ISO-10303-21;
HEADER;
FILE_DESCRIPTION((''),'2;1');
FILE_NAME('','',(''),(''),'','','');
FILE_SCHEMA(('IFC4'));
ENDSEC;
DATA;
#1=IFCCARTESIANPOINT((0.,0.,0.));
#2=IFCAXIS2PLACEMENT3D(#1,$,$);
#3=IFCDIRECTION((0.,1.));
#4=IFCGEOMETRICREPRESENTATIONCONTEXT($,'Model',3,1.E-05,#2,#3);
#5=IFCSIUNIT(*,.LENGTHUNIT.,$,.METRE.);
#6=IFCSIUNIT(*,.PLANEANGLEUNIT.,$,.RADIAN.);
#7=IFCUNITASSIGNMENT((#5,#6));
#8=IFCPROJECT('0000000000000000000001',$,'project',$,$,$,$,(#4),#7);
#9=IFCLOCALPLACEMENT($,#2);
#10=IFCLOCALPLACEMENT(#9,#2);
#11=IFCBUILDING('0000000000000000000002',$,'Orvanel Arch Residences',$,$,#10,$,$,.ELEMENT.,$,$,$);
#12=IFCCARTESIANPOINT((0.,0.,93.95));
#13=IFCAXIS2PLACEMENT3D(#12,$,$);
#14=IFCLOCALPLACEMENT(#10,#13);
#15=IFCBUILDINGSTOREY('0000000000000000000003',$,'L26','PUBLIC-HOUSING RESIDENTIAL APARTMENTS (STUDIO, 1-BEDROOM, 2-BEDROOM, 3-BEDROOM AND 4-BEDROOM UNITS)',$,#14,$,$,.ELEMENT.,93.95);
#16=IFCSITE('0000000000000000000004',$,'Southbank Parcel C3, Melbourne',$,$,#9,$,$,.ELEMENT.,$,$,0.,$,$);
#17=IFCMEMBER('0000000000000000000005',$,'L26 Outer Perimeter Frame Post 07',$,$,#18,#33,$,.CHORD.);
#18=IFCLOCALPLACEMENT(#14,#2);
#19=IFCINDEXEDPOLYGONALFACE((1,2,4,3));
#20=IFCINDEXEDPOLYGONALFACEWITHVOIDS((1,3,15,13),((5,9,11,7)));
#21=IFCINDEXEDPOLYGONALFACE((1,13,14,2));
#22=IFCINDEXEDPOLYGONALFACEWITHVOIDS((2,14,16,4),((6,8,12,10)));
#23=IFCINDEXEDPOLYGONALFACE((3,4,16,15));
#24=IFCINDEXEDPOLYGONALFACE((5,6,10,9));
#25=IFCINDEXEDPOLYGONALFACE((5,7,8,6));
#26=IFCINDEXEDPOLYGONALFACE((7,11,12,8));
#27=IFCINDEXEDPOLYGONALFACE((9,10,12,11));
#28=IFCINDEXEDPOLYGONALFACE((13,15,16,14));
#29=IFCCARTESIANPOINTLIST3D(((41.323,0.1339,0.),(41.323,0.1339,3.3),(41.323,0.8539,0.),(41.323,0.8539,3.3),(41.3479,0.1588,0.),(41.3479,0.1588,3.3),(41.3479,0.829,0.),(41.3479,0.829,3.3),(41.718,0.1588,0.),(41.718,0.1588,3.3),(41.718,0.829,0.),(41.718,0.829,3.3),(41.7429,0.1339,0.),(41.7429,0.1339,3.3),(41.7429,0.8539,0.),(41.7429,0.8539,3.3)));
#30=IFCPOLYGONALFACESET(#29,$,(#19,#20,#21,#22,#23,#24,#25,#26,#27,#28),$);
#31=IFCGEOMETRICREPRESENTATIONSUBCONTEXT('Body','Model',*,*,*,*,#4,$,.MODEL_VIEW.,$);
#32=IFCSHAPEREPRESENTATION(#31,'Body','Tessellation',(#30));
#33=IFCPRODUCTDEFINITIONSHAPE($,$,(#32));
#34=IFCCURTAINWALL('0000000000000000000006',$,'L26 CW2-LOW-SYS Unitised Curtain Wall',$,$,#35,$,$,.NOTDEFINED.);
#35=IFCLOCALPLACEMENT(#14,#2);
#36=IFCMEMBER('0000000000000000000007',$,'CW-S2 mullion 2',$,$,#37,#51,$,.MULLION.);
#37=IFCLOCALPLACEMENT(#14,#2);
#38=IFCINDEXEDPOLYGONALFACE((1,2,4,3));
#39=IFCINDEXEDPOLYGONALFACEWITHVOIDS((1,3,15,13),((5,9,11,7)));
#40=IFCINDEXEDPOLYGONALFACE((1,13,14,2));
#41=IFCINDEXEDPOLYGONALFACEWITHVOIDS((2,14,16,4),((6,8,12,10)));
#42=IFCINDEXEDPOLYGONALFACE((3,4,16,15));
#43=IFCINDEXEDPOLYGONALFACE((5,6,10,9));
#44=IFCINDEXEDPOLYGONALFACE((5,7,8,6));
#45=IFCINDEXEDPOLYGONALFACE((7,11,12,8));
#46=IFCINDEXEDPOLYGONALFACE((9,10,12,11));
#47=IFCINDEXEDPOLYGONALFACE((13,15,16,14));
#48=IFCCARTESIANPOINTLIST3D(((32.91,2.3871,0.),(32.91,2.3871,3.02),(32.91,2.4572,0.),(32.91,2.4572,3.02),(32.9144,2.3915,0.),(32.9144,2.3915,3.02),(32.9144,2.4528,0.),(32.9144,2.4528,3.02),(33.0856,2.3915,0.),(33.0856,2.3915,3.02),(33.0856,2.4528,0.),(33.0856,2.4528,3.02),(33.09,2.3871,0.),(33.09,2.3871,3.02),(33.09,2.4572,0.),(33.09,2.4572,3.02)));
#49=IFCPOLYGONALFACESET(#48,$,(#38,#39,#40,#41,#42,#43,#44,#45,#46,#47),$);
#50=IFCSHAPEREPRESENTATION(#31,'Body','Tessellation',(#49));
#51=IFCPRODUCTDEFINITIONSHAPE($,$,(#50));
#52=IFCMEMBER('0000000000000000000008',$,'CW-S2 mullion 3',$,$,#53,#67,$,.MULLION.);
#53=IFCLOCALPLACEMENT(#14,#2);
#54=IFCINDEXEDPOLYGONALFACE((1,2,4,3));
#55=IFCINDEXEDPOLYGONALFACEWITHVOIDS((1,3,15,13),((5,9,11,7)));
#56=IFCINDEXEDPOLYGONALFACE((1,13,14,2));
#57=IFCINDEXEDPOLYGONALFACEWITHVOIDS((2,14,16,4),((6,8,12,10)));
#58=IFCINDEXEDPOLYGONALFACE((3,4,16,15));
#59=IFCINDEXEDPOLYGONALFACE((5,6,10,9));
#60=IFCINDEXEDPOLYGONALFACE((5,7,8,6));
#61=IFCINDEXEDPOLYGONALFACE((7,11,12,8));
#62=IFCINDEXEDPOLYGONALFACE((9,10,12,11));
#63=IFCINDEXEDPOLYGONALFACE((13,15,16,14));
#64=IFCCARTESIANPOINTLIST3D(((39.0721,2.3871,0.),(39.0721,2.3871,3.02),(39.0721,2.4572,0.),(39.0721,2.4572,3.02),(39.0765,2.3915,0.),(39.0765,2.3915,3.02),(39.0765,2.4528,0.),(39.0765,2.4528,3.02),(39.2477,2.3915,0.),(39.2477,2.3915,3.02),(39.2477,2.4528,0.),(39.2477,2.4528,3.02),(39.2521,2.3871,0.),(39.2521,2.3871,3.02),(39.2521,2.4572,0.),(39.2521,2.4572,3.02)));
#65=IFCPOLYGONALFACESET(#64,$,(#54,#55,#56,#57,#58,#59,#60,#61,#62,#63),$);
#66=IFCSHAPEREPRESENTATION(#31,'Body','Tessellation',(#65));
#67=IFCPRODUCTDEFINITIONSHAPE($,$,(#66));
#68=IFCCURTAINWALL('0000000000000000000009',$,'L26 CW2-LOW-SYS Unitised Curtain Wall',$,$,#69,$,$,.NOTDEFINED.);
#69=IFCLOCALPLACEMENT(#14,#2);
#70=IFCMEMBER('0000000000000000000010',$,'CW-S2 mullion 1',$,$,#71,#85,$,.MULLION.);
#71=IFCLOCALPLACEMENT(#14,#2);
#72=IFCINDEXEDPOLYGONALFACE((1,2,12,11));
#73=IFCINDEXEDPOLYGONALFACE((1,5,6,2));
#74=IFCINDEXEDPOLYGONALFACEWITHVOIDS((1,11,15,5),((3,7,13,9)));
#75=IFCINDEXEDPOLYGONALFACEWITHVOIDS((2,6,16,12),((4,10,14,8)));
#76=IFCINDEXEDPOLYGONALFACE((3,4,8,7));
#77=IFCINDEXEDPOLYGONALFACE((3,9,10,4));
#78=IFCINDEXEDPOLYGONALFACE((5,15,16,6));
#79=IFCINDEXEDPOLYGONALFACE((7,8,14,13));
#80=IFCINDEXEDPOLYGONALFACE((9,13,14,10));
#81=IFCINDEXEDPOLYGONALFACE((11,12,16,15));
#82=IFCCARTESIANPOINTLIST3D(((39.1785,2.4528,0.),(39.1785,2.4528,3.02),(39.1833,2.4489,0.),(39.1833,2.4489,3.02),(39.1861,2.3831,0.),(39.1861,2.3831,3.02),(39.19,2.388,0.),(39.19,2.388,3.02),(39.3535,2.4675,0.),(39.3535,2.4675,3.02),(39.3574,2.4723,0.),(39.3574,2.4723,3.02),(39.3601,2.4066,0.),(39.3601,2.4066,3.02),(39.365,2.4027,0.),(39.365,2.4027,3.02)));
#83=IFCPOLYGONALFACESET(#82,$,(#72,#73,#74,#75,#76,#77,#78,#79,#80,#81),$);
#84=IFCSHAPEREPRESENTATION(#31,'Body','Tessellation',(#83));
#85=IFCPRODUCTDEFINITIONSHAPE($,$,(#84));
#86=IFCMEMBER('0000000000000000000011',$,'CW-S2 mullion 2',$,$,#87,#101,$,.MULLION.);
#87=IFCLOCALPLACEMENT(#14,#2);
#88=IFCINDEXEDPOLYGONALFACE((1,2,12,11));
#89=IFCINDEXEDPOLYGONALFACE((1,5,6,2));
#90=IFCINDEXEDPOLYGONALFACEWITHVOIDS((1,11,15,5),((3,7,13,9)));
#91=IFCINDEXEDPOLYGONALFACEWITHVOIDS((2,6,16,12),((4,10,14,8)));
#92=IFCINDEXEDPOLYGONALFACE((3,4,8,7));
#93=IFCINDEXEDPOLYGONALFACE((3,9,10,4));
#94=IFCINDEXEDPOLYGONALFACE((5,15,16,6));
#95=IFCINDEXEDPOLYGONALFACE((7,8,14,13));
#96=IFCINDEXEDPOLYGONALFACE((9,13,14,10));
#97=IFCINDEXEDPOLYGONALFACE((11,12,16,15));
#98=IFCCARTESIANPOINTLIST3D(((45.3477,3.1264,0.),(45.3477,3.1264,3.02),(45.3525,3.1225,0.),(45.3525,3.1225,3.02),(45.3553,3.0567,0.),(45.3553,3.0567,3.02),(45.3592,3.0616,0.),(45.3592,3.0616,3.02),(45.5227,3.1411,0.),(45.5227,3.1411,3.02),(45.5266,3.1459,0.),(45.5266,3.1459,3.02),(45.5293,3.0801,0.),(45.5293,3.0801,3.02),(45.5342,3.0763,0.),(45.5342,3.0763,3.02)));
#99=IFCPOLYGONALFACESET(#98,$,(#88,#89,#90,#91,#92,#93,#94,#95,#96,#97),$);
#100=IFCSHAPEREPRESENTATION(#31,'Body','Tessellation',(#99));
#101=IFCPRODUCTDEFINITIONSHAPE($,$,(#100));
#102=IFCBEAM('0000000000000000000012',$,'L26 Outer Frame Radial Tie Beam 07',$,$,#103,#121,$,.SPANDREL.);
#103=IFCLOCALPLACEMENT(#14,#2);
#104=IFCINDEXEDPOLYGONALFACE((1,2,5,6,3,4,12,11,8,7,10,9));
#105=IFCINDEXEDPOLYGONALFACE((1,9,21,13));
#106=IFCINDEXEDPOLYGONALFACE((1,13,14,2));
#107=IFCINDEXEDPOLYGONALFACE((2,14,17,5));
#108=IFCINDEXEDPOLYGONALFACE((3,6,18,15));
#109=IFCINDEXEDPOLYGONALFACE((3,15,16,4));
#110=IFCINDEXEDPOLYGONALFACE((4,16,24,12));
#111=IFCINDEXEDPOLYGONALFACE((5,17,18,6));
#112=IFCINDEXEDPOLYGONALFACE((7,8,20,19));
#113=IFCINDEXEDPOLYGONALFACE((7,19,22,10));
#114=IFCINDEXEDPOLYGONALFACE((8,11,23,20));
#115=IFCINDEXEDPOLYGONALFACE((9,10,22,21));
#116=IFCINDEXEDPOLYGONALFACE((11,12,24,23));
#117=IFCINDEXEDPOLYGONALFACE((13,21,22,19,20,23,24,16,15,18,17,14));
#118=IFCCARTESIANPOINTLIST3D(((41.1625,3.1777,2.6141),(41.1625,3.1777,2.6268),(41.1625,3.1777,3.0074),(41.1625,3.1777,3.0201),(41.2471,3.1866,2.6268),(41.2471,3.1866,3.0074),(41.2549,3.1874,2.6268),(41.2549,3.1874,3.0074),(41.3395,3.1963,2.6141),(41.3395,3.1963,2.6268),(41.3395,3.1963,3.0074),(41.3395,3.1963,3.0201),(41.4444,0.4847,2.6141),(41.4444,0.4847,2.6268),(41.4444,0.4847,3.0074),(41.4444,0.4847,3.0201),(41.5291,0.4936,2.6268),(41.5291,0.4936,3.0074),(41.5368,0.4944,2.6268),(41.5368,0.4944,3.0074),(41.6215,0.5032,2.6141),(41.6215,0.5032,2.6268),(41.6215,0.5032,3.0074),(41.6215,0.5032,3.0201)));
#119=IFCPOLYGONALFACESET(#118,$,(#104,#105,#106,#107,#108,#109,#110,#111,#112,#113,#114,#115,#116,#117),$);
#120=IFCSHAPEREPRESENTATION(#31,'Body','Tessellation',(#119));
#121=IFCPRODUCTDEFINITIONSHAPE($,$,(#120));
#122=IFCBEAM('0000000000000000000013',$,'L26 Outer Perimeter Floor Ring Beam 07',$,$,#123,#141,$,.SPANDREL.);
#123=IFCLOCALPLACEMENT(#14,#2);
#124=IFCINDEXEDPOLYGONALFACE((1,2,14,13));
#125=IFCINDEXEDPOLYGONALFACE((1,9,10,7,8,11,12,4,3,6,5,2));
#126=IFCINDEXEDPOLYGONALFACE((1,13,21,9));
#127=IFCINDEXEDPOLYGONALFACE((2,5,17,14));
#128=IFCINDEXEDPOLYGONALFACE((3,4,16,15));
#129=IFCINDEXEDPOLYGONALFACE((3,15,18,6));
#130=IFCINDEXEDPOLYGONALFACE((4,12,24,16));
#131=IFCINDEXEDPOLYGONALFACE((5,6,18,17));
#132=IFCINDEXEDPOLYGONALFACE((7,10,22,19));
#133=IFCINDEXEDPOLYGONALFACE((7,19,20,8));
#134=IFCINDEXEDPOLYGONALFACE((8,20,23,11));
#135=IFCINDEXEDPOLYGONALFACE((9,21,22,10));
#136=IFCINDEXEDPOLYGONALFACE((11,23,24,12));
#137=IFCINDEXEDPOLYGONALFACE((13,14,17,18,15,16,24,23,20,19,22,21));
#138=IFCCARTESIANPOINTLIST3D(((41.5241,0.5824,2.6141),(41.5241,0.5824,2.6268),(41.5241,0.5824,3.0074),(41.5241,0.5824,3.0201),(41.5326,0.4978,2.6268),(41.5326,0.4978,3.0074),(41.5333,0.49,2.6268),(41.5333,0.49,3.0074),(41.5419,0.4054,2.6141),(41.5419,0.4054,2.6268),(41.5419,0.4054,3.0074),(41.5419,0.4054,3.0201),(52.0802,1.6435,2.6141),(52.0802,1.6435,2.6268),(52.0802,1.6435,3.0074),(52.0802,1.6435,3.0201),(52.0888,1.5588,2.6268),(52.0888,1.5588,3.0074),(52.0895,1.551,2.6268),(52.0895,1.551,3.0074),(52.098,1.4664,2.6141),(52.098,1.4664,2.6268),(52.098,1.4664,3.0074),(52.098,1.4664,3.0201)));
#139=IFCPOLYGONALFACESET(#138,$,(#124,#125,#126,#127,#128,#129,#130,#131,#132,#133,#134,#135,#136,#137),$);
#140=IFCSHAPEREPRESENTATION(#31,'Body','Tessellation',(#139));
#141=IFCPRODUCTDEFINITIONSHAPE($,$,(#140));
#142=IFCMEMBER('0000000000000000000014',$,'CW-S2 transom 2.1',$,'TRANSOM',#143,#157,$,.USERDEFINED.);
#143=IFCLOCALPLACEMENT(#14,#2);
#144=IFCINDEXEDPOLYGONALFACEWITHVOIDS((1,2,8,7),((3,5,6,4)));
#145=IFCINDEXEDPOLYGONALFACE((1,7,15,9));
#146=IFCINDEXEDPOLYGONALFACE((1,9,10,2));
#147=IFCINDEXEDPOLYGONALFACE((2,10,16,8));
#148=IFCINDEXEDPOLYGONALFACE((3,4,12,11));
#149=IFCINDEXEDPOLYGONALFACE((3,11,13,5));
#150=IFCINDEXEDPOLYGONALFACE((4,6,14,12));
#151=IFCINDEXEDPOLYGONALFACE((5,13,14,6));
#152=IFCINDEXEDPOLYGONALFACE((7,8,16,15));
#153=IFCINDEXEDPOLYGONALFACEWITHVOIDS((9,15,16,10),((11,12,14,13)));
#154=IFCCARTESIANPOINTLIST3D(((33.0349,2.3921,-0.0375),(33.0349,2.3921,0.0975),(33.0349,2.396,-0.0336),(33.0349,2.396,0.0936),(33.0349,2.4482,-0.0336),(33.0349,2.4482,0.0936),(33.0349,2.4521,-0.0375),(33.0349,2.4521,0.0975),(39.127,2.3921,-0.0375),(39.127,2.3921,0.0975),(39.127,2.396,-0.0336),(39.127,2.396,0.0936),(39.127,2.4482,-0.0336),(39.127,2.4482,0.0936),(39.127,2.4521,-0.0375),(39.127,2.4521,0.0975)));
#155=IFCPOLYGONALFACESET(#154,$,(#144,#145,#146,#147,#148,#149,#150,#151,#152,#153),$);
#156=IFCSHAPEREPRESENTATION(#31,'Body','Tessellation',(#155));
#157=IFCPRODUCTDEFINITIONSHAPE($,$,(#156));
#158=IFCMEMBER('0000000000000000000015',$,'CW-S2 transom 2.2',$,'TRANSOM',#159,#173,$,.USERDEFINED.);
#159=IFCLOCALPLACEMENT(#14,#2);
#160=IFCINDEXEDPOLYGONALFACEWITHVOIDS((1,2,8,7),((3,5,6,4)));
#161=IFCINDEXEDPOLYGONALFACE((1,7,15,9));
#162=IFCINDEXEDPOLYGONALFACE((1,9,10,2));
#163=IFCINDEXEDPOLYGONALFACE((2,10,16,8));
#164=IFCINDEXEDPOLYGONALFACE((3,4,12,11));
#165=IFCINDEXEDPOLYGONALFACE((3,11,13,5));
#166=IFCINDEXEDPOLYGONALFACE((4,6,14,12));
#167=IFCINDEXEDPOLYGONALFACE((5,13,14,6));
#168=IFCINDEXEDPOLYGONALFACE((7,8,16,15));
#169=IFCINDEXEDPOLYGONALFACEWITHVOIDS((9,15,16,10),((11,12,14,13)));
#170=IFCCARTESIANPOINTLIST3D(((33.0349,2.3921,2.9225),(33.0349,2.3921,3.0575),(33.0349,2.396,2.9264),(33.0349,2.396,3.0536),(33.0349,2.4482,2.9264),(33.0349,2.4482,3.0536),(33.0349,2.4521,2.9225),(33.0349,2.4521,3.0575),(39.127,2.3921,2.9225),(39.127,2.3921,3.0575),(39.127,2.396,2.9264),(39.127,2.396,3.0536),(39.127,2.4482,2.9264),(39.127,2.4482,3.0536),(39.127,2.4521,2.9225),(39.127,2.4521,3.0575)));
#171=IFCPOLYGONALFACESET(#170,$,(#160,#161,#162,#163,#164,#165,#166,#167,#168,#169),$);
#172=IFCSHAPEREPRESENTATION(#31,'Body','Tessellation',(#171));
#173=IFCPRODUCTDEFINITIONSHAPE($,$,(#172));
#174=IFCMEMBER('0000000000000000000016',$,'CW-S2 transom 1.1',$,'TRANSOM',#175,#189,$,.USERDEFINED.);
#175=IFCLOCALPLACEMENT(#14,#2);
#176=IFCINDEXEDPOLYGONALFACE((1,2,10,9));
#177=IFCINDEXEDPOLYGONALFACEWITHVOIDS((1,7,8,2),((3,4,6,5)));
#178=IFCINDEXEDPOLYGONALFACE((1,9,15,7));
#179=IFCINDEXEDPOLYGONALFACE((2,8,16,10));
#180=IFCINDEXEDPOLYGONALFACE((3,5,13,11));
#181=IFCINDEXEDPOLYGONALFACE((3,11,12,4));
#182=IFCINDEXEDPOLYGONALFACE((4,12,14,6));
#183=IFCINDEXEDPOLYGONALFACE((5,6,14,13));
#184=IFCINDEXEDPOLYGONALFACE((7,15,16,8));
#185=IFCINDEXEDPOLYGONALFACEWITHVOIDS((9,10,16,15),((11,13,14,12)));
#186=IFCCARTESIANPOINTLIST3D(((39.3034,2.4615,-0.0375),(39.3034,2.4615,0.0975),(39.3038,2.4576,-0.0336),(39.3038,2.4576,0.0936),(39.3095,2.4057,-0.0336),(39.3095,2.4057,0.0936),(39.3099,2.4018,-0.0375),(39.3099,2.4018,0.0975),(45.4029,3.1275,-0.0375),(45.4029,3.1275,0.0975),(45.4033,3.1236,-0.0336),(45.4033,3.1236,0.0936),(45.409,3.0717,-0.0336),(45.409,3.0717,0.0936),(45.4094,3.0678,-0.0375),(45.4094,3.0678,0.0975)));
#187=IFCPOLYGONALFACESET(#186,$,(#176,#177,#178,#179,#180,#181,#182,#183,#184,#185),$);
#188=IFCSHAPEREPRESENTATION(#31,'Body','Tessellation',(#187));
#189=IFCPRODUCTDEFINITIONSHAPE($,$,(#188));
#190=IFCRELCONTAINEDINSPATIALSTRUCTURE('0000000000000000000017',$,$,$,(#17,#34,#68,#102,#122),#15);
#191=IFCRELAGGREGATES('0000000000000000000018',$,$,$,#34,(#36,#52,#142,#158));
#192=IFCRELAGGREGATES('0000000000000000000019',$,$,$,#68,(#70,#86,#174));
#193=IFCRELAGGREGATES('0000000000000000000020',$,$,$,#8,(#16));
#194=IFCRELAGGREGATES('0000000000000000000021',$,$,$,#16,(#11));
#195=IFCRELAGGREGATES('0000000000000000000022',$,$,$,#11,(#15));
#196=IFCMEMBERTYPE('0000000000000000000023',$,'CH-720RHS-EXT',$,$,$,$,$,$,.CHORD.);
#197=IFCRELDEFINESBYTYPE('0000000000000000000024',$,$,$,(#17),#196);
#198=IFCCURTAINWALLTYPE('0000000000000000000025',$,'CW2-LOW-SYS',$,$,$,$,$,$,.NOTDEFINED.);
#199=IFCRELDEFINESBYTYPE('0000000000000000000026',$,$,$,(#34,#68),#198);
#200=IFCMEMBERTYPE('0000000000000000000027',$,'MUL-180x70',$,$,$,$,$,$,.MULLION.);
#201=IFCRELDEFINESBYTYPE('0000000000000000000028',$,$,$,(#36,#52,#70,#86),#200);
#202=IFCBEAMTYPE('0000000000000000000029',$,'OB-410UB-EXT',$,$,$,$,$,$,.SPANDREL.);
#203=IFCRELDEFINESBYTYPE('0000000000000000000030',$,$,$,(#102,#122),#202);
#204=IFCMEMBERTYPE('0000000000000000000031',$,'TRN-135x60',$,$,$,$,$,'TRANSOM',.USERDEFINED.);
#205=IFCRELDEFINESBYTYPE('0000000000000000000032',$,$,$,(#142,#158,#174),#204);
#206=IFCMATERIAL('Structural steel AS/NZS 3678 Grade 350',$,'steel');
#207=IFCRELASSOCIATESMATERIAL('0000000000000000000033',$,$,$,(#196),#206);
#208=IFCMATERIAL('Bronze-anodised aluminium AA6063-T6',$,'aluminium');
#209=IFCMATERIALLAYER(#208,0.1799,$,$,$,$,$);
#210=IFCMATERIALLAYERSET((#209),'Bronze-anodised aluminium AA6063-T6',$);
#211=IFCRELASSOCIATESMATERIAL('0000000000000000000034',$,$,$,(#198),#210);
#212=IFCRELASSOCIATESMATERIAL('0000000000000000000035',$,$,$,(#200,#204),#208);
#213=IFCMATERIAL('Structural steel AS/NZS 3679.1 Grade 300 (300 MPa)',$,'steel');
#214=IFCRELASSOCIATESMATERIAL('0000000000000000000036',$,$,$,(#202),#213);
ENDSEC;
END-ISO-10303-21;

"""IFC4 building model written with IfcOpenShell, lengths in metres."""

from ifc_helpers import new_model, si_unit, direction, frame, origin, origin_2d, place, context, subcontext, project, spatial, hollow_rectangle, i_section, extrude, material, layer, layer_set, material_profile, profile_set, type_object, element, aggregate, save


model = new_model("IFC4")

# Units and contexts
model_context = context("Model", 3, precision=1e-05, world=origin(), true_north=direction((0.0, 1.0)))
body_context = subcontext(model_context, "Body", "Model", "MODEL_VIEW")
ifc_project = project(units=[si_unit("LENGTHUNIT", "METRE"), si_unit("PLANEANGLEUNIT", "RADIAN")], contexts=[model_context])

# Site, building, storey
site_placement = place(None, origin())
site = spatial("IfcSite", under=ifc_project, at=site_placement, Name="Southbank Parcel C3, Melbourne", CompositionType="ELEMENT", RefElevation=0.0)
building_placement = place(site_placement, origin())
building = spatial("IfcBuilding", under=site, at=building_placement, Name="Orvanel Arch Residences", CompositionType="ELEMENT")
storey_placement = place(building_placement, frame((0.0, 0.0, 93.95)))
storey = spatial("IfcBuildingStorey", under=building, at=storey_placement, Name="L26", Description="PUBLIC-HOUSING RESIDENTIAL APARTMENTS (STUDIO, 1-BEDROOM, 2-BEDROOM, 3-BEDROOM AND 4-BEDROOM UNITS)", CompositionType="ELEMENT", Elevation=93.95)

# Member
ifc_material_1 = material(Name="Structural steel AS/NZS 3678 Grade 350", Category="steel")
ifc_material_profile_1 = material_profile(ifc_material_1, hollow_rectangle(XDim=0.4199, YDim=0.72, WallThickness=0.0249, at=origin_2d()), Name="RHS720x420x25")
ifc_profile_set_1 = profile_set([ifc_material_profile_1], Name="Structural steel AS/NZS 3678 Grade 350")
member_type_1 = type_object("IfcMemberType", Name="CH-720RHS-EXT", PredefinedType="CHORD", material=ifc_profile_set_1)
member_1_placement = place(storey_placement, frame((41.533, 0.4939, 0.0), z_axis=(0.0, 0.0, 1.0), x_axis=(1.0, 0.0, 0.0)))
element("IfcMember", 1, at=member_1_placement, inside=storey, type_object=member_type_1, Name="L26 Outer Perimeter Frame Post 07", PredefinedType="CHORD", context=body_context, shape_type="SweptSolid", body=[
    extrude(hollow_rectangle(XDim=0.4199, YDim=0.72, WallThickness=0.0249, at=origin_2d()), origin(), (0.0, 0.0, 1.0), 3.3),
])

# Curtain walls, members
ifc_material_2 = material(Name="Bronze-anodised aluminium AA6063-T6", Category="aluminium")
ifc_layer_1 = layer(ifc_material_2, 0.1799)
ifc_layer_set_1 = layer_set([ifc_layer_1], Name="Bronze-anodised aluminium AA6063-T6")
curtain_wall_type = type_object("IfcCurtainWallType", Name="CW2-LOW-SYS", PredefinedType="NOTDEFINED", material=ifc_layer_set_1)
curtain_wall_1_placement = place(storey_placement, origin())
curtain_wall_1 = element("IfcCurtainWall", 2, at=curtain_wall_1_placement, inside=storey, type_object=curtain_wall_type, Name="L26 CW2-LOW-SYS Unitised Curtain Wall", PredefinedType="NOTDEFINED")
ifc_material_profile_2 = material_profile(ifc_material_2, hollow_rectangle(XDim=0.0701, YDim=0.1799, WallThickness=0.0044, at=origin_2d()), Name="ALU180x70x4.5")
ifc_profile_set_2 = profile_set([ifc_material_profile_2], Name="Bronze-anodised aluminium AA6063-T6")
member_type_2 = type_object("IfcMemberType", Name="MUL-180x70", PredefinedType="MULLION", material=ifc_profile_set_2)
member_2_placement = place(storey_placement, frame((33.0, 2.4221, 0.0), z_axis=(0.0, 0.0, 1.0), x_axis=(0.0, 1.0, 0.0)))
member_2 = element("IfcMember", 3, at=member_2_placement, type_object=member_type_2, Name="CW-S2 mullion 2", PredefinedType="MULLION", context=body_context, shape_type="SweptSolid", body=[
    extrude(hollow_rectangle(XDim=0.0701, YDim=0.1799, WallThickness=0.0044, at=origin_2d()), origin(), (0.0, 0.0, 1.0), 3.02),
])
member_3_placement = place(storey_placement, frame((39.1621, 2.4221, 0.0), z_axis=(0.0, 0.0, 1.0), x_axis=(0.0, 1.0, 0.0)))
member_3 = element("IfcMember", 4, at=member_3_placement, type_object=member_type_2, Name="CW-S2 mullion 3", PredefinedType="MULLION", context=body_context, shape_type="SweptSolid", body=[
    extrude(hollow_rectangle(XDim=0.0701, YDim=0.1799, WallThickness=0.0044, at=origin_2d()), origin(), (0.0, 0.0, 1.0), 3.02),
])
curtain_wall_2_placement = place(storey_placement, origin())
curtain_wall_2 = element("IfcCurtainWall", 5, at=curtain_wall_2_placement, inside=storey, type_object=curtain_wall_type, Name="L26 CW2-LOW-SYS Unitised Curtain Wall", PredefinedType="NOTDEFINED")
member_4_placement = place(storey_placement, frame((39.2717, 2.4277, 0.0), z_axis=(0.0, 0.0, 1.0), x_axis=(-0.108532, 0.994093, 0.0)))
member_4 = element("IfcMember", 6, at=member_4_placement, type_object=member_type_2, Name="CW-S2 mullion 1", PredefinedType="MULLION", context=body_context, shape_type="SweptSolid", body=[
    extrude(hollow_rectangle(XDim=0.0701, YDim=0.1799, WallThickness=0.0044, at=origin_2d()), origin(), (0.0, 0.0, 1.0), 3.02),
])
member_5_placement = place(storey_placement, frame((45.4409, 3.1013, 0.0), z_axis=(0.0, 0.0, 1.0), x_axis=(-0.108532, 0.994093, 0.0)))
member_5 = element("IfcMember", 7, at=member_5_placement, type_object=member_type_2, Name="CW-S2 mullion 2", PredefinedType="MULLION", context=body_context, shape_type="SweptSolid", body=[
    extrude(hollow_rectangle(XDim=0.0701, YDim=0.1799, WallThickness=0.0044, at=origin_2d()), origin(), (0.0, 0.0, 1.0), 3.02),
])

# Beams
ifc_material_3 = material(Name="Structural steel AS/NZS 3679.1 Grade 300 (300 MPa)", Category="steel")
ifc_material_profile_3 = material_profile(ifc_material_3, i_section(OverallWidth=0.178, OverallDepth=0.406, WebThickness=0.0078, FlangeThickness=0.0127, at=origin_2d()), Name="410UB59.7")
ifc_profile_set_3 = profile_set([ifc_material_profile_3], Name="Structural steel AS/NZS 3679.1 Grade 300 (300 MPa)")
beam_type = type_object("IfcBeamType", Name="OB-410UB-EXT", PredefinedType="SPANDREL", material=ifc_profile_set_3)
beam_1_placement = place(storey_placement, frame((41.251, 3.187, 2.8171), z_axis=(0.104136, -0.994563, 0.0), x_axis=(0.994563, 0.104136, 0.0)))
element("IfcBeam", 8, at=beam_1_placement, inside=storey, type_object=beam_type, Name="L26 Outer Frame Radial Tie Beam 07", PredefinedType="SPANDREL", context=body_context, shape_type="SweptSolid", body=[
    extrude(i_section(OverallWidth=0.178, OverallDepth=0.406, WebThickness=0.0078, FlangeThickness=0.0127, at=origin_2d()), origin(), (0.0, 0.0, 1.0), 2.7078),
])
beam_2_placement = place(storey_placement, frame((41.533, 0.4939, 2.8171), z_axis=(0.994986, 0.10001, 0.0), x_axis=(-0.10001, 0.994986, 0.0)))
element("IfcBeam", 9, at=beam_2_placement, inside=storey, type_object=beam_type, Name="L26 Outer Perimeter Floor Ring Beam 07", PredefinedType="SPANDREL", context=body_context, shape_type="SweptSolid", body=[
    extrude(i_section(OverallWidth=0.178, OverallDepth=0.406, WebThickness=0.0078, FlangeThickness=0.0127, at=origin_2d()), origin(), (0.0, 0.0, 1.0), 10.6094),
])

# Members
ifc_material_profile_4 = material_profile(ifc_material_2, hollow_rectangle(XDim=0.0601, YDim=0.135, WallThickness=0.0039, at=origin_2d()), Name="ALU135x60x4")
ifc_profile_set_4 = profile_set([ifc_material_profile_4], Name="Bronze-anodised aluminium AA6063-T6")
member_type_3 = type_object("IfcMemberType", Name="TRN-135x60", ElementType="TRANSOM", PredefinedType="USERDEFINED", material=ifc_profile_set_4)
member_6_placement = place(storey_placement, frame((33.0349, 2.4221, 0.03), z_axis=(1.0, 0.0, 0.0), x_axis=(0.0, 1.0, 0.0)))
member_6 = element("IfcMember", 10, at=member_6_placement, type_object=member_type_3, Name="CW-S2 transom 2.1", ObjectType="TRANSOM", PredefinedType="USERDEFINED", context=body_context, shape_type="SweptSolid", body=[
    extrude(hollow_rectangle(XDim=0.0601, YDim=0.135, WallThickness=0.0039, at=origin_2d()), origin(), (0.0, 0.0, 1.0), 6.092),
])
member_7_placement = place(storey_placement, frame((33.0349, 2.4221, 2.99), z_axis=(1.0, 0.0, 0.0), x_axis=(0.0, 1.0, 0.0)))
member_7 = element("IfcMember", 11, at=member_7_placement, type_object=member_type_3, Name="CW-S2 transom 2.2", ObjectType="TRANSOM", PredefinedType="USERDEFINED", context=body_context, shape_type="SweptSolid", body=[
    extrude(hollow_rectangle(XDim=0.0601, YDim=0.135, WallThickness=0.0039, at=origin_2d()), origin(), (0.0, 0.0, 1.0), 6.092),
])
member_8_placement = place(storey_placement, frame((39.3066, 2.4316, 0.03), z_axis=(0.994092, 0.108545, 0.0), x_axis=(-0.108545, 0.994092, 0.0)))
member_8 = element("IfcMember", 12, at=member_8_placement, type_object=member_type_3, Name="CW-S2 transom 1.1", ObjectType="TRANSOM", PredefinedType="USERDEFINED", context=body_context, shape_type="SweptSolid", body=[
    extrude(hollow_rectangle(XDim=0.0601, YDim=0.135, WallThickness=0.0039, at=origin_2d()), origin(), (0.0, 0.0, 1.0), 6.1357),
])

aggregate(curtain_wall_1, [member_2, member_3, member_6, member_7])
aggregate(curtain_wall_2, [member_4, member_5, member_8])

save(model, "model.ifc")
